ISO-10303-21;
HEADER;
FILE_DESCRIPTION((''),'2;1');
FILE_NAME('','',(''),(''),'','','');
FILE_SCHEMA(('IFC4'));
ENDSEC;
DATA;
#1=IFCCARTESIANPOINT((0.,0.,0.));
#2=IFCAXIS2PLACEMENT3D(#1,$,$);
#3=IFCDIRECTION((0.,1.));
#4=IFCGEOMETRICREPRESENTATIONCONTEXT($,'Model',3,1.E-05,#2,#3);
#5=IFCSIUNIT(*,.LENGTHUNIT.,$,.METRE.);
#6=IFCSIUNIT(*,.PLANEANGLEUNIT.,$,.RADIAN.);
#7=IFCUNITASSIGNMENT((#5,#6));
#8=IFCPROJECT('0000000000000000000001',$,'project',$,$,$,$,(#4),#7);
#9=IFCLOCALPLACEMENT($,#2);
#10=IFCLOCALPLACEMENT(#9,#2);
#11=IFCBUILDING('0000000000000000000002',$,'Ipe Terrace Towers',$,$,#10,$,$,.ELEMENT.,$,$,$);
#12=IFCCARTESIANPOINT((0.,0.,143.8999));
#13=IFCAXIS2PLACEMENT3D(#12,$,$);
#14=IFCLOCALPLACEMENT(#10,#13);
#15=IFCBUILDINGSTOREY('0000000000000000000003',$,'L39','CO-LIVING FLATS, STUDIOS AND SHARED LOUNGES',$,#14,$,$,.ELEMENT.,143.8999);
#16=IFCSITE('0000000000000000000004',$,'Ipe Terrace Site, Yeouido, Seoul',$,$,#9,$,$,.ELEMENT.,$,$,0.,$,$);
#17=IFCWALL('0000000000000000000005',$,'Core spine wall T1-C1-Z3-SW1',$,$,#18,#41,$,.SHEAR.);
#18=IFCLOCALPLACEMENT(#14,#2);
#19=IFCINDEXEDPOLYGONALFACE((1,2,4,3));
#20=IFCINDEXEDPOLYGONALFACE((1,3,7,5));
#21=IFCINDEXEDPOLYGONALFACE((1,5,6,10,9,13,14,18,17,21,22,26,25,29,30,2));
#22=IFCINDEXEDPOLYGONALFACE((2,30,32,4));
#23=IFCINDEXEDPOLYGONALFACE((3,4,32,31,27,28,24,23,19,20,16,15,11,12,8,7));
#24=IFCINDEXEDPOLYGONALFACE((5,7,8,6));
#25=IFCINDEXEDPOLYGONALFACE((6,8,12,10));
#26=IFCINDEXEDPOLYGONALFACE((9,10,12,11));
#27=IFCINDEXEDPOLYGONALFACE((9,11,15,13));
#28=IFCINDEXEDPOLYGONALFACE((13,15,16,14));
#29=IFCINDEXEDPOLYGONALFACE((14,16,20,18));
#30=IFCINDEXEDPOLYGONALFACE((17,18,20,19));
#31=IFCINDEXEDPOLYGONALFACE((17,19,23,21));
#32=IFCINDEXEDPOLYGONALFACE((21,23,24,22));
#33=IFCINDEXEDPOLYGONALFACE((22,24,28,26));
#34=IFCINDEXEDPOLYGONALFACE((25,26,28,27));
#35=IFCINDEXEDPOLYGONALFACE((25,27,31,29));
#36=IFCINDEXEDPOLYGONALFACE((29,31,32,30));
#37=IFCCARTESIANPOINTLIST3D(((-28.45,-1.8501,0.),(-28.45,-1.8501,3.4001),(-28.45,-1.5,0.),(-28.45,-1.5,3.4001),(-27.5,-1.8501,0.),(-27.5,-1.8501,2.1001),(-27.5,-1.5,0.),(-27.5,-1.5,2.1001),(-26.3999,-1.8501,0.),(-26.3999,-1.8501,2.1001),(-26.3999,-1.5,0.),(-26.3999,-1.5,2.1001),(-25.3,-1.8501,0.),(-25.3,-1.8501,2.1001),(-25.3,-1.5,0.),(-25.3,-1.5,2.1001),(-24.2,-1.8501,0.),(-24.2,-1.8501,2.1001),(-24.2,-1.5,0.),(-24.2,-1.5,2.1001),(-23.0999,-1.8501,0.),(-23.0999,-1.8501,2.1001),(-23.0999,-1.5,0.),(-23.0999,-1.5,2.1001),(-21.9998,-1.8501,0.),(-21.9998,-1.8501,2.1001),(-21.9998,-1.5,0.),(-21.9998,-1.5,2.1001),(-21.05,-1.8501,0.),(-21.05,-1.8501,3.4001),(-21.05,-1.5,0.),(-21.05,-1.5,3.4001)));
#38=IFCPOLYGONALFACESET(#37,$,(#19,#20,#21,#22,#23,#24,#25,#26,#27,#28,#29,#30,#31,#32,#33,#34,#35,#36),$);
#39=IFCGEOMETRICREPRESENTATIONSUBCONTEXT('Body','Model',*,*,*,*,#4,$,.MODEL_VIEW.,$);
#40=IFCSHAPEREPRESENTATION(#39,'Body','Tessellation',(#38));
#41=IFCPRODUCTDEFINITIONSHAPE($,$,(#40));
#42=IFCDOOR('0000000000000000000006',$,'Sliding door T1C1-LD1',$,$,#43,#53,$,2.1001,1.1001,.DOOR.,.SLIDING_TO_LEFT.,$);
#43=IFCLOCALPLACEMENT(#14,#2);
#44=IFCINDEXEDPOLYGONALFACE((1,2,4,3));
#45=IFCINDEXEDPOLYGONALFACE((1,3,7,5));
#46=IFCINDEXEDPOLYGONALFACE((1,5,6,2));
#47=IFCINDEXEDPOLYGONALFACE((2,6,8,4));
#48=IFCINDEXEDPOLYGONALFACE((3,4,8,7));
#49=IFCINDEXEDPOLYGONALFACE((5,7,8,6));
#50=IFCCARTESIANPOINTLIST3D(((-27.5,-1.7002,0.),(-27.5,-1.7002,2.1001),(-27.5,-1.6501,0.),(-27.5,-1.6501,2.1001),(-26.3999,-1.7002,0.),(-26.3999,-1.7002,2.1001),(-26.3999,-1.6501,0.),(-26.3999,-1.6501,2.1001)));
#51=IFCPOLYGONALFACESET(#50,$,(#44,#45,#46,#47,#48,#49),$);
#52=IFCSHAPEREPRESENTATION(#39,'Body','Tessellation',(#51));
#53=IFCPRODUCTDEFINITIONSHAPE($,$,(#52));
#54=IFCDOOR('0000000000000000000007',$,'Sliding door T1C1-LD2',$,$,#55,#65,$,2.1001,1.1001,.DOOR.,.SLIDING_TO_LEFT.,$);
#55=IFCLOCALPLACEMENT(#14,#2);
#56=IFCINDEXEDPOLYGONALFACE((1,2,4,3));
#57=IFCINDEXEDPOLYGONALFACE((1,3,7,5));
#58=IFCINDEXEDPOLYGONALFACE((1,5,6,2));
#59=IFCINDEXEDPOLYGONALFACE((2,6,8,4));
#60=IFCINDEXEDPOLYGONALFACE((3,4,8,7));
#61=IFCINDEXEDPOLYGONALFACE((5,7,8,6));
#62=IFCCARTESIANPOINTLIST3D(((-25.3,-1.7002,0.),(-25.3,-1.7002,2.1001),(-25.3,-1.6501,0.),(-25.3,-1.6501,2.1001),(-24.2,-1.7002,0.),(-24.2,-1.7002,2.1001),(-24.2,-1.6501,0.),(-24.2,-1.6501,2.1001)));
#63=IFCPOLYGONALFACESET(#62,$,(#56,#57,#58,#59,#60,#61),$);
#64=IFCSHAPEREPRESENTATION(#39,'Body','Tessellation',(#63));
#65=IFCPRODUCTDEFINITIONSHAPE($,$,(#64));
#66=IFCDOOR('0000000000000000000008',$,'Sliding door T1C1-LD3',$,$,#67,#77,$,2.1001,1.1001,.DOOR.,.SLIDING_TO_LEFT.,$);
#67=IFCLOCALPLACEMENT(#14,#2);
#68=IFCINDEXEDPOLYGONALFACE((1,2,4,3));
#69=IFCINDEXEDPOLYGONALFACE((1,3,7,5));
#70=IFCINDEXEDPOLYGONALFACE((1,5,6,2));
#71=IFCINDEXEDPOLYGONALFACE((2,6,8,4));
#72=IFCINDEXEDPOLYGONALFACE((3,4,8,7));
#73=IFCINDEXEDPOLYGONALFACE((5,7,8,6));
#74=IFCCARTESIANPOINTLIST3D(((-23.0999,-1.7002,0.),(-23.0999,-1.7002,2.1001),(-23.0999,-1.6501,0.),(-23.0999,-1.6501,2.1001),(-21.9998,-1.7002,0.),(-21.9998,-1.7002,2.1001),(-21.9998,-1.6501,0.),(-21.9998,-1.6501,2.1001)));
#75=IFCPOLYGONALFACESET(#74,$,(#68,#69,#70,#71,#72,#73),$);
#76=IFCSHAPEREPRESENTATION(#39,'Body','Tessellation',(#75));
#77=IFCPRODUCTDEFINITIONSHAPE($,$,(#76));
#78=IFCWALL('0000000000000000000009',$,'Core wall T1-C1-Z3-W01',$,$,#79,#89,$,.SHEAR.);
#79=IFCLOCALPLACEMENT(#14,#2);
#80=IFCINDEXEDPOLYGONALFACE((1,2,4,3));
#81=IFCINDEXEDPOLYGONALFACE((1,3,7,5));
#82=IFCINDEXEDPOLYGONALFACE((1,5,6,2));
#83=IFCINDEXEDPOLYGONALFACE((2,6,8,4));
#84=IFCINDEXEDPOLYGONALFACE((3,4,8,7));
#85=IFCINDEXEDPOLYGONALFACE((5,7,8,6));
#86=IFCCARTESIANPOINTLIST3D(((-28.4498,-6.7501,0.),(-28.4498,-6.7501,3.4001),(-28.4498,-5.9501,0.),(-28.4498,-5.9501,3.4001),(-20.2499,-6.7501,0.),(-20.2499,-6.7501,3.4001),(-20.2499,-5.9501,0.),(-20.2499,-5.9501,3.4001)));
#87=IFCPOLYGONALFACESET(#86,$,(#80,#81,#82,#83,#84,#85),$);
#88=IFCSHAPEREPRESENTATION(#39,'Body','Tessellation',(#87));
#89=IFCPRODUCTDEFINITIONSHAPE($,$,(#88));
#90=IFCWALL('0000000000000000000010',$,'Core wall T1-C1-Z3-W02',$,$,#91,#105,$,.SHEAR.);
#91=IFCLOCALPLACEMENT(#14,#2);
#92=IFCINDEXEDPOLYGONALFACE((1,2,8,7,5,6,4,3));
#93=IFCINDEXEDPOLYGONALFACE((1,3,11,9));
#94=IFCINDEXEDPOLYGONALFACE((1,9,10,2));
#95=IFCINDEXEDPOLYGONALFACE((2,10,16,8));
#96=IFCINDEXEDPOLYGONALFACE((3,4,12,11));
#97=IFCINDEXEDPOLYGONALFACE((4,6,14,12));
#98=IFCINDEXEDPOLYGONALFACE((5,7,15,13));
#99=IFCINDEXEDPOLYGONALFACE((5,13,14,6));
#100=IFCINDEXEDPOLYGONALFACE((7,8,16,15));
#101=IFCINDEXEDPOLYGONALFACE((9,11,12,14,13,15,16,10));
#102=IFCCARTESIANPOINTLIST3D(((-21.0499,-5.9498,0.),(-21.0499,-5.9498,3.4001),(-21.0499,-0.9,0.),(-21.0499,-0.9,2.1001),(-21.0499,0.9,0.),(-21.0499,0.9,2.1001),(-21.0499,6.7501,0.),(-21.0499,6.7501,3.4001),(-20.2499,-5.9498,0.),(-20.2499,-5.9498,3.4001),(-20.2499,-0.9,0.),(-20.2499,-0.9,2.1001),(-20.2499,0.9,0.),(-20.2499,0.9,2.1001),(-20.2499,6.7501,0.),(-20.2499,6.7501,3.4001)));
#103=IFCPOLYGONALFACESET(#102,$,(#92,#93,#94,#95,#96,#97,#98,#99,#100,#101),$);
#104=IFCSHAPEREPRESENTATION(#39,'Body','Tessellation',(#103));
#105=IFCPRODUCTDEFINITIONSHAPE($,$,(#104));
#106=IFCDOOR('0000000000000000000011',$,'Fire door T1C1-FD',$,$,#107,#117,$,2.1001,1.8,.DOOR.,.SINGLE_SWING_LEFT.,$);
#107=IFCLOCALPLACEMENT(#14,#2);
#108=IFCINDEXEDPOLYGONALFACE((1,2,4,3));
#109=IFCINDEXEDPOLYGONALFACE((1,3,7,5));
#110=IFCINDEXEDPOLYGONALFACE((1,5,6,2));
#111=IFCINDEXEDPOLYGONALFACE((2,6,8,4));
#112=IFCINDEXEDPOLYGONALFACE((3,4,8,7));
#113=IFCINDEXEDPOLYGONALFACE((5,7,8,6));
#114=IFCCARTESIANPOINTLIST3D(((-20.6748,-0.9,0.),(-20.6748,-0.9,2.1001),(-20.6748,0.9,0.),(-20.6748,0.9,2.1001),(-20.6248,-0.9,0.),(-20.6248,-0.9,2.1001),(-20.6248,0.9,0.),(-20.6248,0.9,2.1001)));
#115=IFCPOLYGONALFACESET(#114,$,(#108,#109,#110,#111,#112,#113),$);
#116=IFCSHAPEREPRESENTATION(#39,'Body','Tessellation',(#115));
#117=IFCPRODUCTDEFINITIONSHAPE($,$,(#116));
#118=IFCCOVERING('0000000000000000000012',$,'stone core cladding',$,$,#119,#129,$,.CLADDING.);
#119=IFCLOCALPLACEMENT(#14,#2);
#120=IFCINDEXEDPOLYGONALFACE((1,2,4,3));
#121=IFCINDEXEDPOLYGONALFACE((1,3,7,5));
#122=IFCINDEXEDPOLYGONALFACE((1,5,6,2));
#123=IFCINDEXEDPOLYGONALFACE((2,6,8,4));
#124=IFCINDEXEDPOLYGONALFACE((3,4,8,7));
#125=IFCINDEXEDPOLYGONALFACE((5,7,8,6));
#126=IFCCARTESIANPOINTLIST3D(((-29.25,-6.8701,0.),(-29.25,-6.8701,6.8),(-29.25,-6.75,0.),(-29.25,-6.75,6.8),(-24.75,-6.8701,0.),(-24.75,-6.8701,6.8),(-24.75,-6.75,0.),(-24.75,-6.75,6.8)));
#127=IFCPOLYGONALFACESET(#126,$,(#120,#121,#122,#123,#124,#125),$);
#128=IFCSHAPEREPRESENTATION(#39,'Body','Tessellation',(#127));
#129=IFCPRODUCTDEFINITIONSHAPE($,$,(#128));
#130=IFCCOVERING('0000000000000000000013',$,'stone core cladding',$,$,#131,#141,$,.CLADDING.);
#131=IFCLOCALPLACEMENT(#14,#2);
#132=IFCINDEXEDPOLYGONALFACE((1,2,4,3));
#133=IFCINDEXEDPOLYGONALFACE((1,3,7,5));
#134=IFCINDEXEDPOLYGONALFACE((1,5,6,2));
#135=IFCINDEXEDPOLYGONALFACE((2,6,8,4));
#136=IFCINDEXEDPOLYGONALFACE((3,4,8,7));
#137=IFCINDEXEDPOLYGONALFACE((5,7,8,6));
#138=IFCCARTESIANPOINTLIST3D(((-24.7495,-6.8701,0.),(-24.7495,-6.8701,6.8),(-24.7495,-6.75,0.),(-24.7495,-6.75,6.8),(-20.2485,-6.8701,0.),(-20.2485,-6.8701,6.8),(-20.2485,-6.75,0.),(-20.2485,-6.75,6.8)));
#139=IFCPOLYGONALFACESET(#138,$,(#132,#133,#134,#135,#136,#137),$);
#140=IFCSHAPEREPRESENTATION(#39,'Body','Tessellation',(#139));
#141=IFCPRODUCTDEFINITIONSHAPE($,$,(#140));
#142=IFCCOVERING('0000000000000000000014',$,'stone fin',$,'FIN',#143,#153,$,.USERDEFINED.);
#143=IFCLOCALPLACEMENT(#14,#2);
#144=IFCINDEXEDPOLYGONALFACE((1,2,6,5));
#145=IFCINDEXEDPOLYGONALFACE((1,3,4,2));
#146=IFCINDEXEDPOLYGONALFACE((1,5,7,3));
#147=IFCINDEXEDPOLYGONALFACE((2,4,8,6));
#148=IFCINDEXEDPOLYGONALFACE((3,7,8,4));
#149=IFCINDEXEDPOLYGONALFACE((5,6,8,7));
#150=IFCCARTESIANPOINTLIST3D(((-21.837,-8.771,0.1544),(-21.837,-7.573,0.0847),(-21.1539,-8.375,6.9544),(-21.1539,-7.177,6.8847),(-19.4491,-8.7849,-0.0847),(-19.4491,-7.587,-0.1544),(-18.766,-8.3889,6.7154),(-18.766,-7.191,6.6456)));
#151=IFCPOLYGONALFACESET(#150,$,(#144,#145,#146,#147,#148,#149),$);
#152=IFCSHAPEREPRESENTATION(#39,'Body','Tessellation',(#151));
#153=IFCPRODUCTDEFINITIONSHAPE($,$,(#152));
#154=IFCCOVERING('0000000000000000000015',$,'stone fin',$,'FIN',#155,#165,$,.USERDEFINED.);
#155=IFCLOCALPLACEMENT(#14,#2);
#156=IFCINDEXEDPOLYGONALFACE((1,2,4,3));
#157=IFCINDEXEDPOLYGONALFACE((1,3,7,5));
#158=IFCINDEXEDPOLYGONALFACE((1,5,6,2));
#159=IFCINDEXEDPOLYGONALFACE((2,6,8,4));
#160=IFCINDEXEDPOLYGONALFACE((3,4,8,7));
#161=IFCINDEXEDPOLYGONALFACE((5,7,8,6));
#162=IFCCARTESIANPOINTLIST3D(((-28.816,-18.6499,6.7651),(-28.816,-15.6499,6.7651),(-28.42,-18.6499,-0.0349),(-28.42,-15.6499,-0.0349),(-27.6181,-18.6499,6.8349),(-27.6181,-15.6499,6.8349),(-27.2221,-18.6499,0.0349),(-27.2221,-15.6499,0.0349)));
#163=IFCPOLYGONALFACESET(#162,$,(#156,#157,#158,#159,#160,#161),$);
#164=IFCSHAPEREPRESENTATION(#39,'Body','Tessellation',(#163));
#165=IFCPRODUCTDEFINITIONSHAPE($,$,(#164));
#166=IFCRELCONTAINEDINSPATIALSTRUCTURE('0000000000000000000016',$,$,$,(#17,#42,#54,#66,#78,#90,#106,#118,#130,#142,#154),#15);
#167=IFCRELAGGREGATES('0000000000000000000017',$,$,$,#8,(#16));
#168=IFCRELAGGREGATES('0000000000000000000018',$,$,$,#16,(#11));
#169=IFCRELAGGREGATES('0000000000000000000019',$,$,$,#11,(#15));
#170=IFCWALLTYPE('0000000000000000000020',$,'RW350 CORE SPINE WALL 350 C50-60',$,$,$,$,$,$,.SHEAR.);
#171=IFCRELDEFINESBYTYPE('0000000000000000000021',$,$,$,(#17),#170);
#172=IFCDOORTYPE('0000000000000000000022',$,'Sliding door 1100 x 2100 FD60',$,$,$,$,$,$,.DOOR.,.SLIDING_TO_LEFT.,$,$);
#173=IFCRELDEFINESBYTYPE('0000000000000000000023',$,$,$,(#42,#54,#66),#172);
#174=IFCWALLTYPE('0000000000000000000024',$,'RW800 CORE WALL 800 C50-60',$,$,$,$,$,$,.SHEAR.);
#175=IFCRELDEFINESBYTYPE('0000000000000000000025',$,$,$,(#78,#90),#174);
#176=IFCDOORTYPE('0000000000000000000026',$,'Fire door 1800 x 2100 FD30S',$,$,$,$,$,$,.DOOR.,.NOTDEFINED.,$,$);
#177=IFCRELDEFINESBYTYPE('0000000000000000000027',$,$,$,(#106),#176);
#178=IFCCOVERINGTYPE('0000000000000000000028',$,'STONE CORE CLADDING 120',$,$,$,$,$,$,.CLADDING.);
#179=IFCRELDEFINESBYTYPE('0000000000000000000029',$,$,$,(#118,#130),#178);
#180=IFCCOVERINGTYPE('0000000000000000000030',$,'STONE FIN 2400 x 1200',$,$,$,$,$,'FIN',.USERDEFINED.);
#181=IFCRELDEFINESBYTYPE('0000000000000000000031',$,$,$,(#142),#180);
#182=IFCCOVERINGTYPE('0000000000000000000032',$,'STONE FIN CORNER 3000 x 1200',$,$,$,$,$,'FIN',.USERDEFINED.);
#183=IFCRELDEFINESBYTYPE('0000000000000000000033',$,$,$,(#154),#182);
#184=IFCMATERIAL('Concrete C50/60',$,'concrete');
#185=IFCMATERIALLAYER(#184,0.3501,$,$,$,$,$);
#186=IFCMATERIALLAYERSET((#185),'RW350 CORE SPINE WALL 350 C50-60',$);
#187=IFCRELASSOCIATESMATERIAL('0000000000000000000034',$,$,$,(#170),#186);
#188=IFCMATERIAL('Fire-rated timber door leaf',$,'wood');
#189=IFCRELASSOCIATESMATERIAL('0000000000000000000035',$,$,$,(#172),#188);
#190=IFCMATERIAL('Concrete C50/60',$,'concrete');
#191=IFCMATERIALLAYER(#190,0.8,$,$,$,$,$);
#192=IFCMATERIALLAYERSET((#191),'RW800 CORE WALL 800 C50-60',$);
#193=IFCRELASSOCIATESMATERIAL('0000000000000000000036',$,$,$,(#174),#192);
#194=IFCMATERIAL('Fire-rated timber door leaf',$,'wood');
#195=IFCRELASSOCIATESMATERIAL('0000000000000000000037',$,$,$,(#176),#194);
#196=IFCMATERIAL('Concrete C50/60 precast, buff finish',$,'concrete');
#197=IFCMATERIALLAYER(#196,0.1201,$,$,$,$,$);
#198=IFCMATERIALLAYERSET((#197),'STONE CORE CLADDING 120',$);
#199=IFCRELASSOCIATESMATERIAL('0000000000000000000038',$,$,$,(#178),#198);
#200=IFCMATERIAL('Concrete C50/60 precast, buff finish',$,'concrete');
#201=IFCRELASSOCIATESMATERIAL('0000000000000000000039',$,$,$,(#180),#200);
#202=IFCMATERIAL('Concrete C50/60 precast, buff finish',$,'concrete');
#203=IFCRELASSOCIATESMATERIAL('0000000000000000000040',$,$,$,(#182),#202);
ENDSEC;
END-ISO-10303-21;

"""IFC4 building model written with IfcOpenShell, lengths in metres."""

from ifc_helpers import new_model, si_unit, direction, frame, frame_2d, origin, origin_2d, place, context, subcontext, project, spatial, rectangle, extrude, material, layer, layer_set, material_profile, profile_set, type_object, element, fill, save


model = new_model("IFC4")

# Units and contexts
model_context = context("Model", 3, precision=1e-05, world=origin(), true_north=direction((0.0, 1.0)))
body_context = subcontext(model_context, "Body", "Model", "MODEL_VIEW")
ifc_project = project(units=[si_unit("LENGTHUNIT", "METRE"), si_unit("PLANEANGLEUNIT", "RADIAN")], contexts=[model_context])

# Site, building, storey
site_placement = place(None, origin())
site = spatial("IfcSite", under=ifc_project, at=site_placement, Name="Ipe Terrace Site, Yeouido, Seoul", CompositionType="ELEMENT", RefElevation=0.0)
building_placement = place(site_placement, origin())
building = spatial("IfcBuilding", under=site, at=building_placement, Name="Ipe Terrace Towers", CompositionType="ELEMENT")
storey_placement = place(building_placement, frame((0.0, 0.0, 143.8999)))
storey = spatial("IfcBuildingStorey", under=building, at=storey_placement, Name="L39", Description="CO-LIVING FLATS, STUDIOS AND SHARED LOUNGES", CompositionType="ELEMENT", Elevation=143.8999)

# Wall, openings, doors
ifc_material_1 = material(Name="Concrete C50/60", Category="concrete")
ifc_layer_1 = layer(ifc_material_1, 0.3501)
ifc_layer_set_1 = layer_set([ifc_layer_1], Name="RW350 CORE SPINE WALL 350 C50-60")
wall_type_1 = type_object("IfcWallType", Name="RW350 CORE SPINE WALL 350 C50-60", PredefinedType="SHEAR", material=ifc_layer_set_1)
wall_1_placement = place(storey_placement, frame((-28.45, -1.675, 0.0), z_axis=(0.0, 0.0, 1.0), x_axis=(1.0, 0.0, 0.0)))
wall_1 = element("IfcWall", 1, at=wall_1_placement, inside=storey, type_object=wall_type_1, Name="Core spine wall T1-C1-Z3-SW1", PredefinedType="SHEAR", context=body_context, shape_type="SweptSolid", body=[
    extrude(rectangle(XDim=7.3999, YDim=0.3501, at=frame_2d((3.7, 0.0))), origin(), (0.0, 0.0, 1.0), 3.4001),
])
opening_1_placement = place(wall_1_placement, frame((0.95, 0.0, 0.0)))
opening_1 = element("IfcOpeningElement", 2, at=opening_1_placement, cuts=wall_1, PredefinedType="OPENING", context=body_context, shape_type="SweptSolid", body=[
    extrude(rectangle(XDim=1.1001, YDim=2.1001, at=frame_2d((0.55, 1.05))), frame((0.0, 0.1851, 0.0), z_axis=(0.0, -1.0, 0.0), x_axis=(1.0, 0.0, 0.0)), (0.0, 0.0, 1.0), 0.3701),
])
opening_2_placement = place(wall_1_placement, frame((3.1499, 0.0, 0.0)))
opening_2 = element("IfcOpeningElement", 3, at=opening_2_placement, cuts=wall_1, PredefinedType="OPENING", context=body_context, shape_type="SweptSolid", body=[
    extrude(rectangle(XDim=1.1001, YDim=2.1001, at=frame_2d((0.55, 1.05))), frame((0.0, 0.1851, 0.0), z_axis=(0.0, -1.0, 0.0), x_axis=(1.0, 0.0, 0.0)), (0.0, 0.0, 1.0), 0.3701),
])
opening_3_placement = place(wall_1_placement, frame((5.3501, 0.0, 0.0)))
opening_3 = element("IfcOpeningElement", 4, at=opening_3_placement, cuts=wall_1, PredefinedType="OPENING", context=body_context, shape_type="SweptSolid", body=[
    extrude(rectangle(XDim=1.1001, YDim=2.1001, at=frame_2d((0.55, 1.05))), frame((0.0, 0.1851, 0.0), z_axis=(0.0, -1.0, 0.0), x_axis=(1.0, 0.0, 0.0)), (0.0, 0.0, 1.0), 0.3701),
])
ifc_material_2 = material(Name="Fire-rated timber door leaf", Category="wood")
door_type_1 = type_object("IfcDoorType", Name="Sliding door 1100 x 2100 FD60", OperationType="SLIDING_TO_LEFT", PredefinedType="DOOR", material=ifc_material_2)
door_1_placement = place(opening_1_placement, origin())
door_1 = element("IfcDoor", 5, at=door_1_placement, inside=storey, type_object=door_type_1, Name="Sliding door T1C1-LD1", OperationType="SLIDING_TO_LEFT", OverallHeight=2.1001, OverallWidth=1.1001, PredefinedType="DOOR", context=body_context, shape_type="SweptSolid", body=[
    extrude(rectangle(XDim=1.1001, YDim=2.1001, at=frame_2d((0.55, 1.05))), frame((0.0, 0.0249, 0.0), z_axis=(0.0, -1.0, 0.0), x_axis=(1.0, 0.0, 0.0)), (0.0, 0.0, 1.0), 0.05),
])
fill(opening_1, door_1)
door_2_placement = place(opening_2_placement, origin())
door_2 = element("IfcDoor", 6, at=door_2_placement, inside=storey, type_object=door_type_1, Name="Sliding door T1C1-LD2", OperationType="SLIDING_TO_LEFT", OverallHeight=2.1001, OverallWidth=1.1001, PredefinedType="DOOR", context=body_context, shape_type="SweptSolid", body=[
    extrude(rectangle(XDim=1.1001, YDim=2.1001, at=frame_2d((0.55, 1.05))), frame((0.0, 0.0249, 0.0), z_axis=(0.0, -1.0, 0.0), x_axis=(1.0, 0.0, 0.0)), (0.0, 0.0, 1.0), 0.05),
])
fill(opening_2, door_2)
door_3_placement = place(opening_3_placement, origin())
door_3 = element("IfcDoor", 7, at=door_3_placement, inside=storey, type_object=door_type_1, Name="Sliding door T1C1-LD3", OperationType="SLIDING_TO_LEFT", OverallHeight=2.1001, OverallWidth=1.1001, PredefinedType="DOOR", context=body_context, shape_type="SweptSolid", body=[
    extrude(rectangle(XDim=1.1001, YDim=2.1001, at=frame_2d((0.55, 1.05))), frame((0.0, 0.0249, 0.0), z_axis=(0.0, -1.0, 0.0), x_axis=(1.0, 0.0, 0.0)), (0.0, 0.0, 1.0), 0.05),
])
fill(opening_3, door_3)

# Wall
ifc_material_3 = material(Name="Concrete C50/60", Category="concrete")
ifc_layer_2 = layer(ifc_material_3, 0.8)
ifc_layer_set_2 = layer_set([ifc_layer_2], Name="RW800 CORE WALL 800 C50-60")
wall_type_2 = type_object("IfcWallType", Name="RW800 CORE WALL 800 C50-60", PredefinedType="SHEAR", material=ifc_layer_set_2)
wall_2_placement = place(storey_placement, frame((-28.45, -6.3501, 0.0), z_axis=(0.0, 0.0, 1.0), x_axis=(1.0, 0.0, 0.0)))
element("IfcWall", 8, at=wall_2_placement, inside=storey, type_object=wall_type_2, Name="Core wall T1-C1-Z3-W01", PredefinedType="SHEAR", context=body_context, shape_type="SweptSolid", body=[
    extrude(rectangle(XDim=8.2, YDim=0.8, at=frame_2d((4.1001, 0.0))), origin(), (0.0, 0.0, 1.0), 3.4001),
])

# Wall, opening, door
wall_3_placement = place(storey_placement, frame((-20.6499, -5.95, 0.0), z_axis=(0.0, 0.0, 1.0), x_axis=(0.0, 1.0, 0.0)))
wall_3 = element("IfcWall", 9, at=wall_3_placement, inside=storey, type_object=wall_type_2, Name="Core wall T1-C1-Z3-W02", PredefinedType="SHEAR", context=body_context, shape_type="SweptSolid", body=[
    extrude(rectangle(XDim=12.7, YDim=0.8, at=frame_2d((6.3501, 0.0))), origin(), (0.0, 0.0, 1.0), 3.4001),
])
opening_4_placement = place(wall_3_placement, frame((5.05, 0.0, 0.0)))
opening_4 = element("IfcOpeningElement", 10, at=opening_4_placement, cuts=wall_3, PredefinedType="OPENING", context=body_context, shape_type="SweptSolid", body=[
    extrude(rectangle(XDim=1.8, YDim=2.1001, at=frame_2d((0.8999, 1.05))), frame((0.0, 0.4102, 0.0), z_axis=(0.0, -1.0, 0.0), x_axis=(1.0, 0.0, 0.0)), (0.0, 0.0, 1.0), 0.8201),
])
ifc_material_4 = material(Name="Fire-rated timber door leaf", Category="wood")
door_type_2 = type_object("IfcDoorType", Name="Fire door 1800 x 2100 FD30S", OperationType="NOTDEFINED", PredefinedType="DOOR", material=ifc_material_4)
door_4_placement = place(opening_4_placement, origin())
door_4 = element("IfcDoor", 11, at=door_4_placement, inside=storey, type_object=door_type_2, Name="Fire door T1C1-FD", OperationType="SINGLE_SWING_LEFT", OverallHeight=2.1001, OverallWidth=1.8, PredefinedType="DOOR", context=body_context, shape_type="SweptSolid", body=[
    extrude(rectangle(XDim=1.8, YDim=2.1001, at=frame_2d((0.8999, 1.05))), frame((0.0, 0.0249, 0.0), z_axis=(0.0, -1.0, 0.0), x_axis=(1.0, 0.0, 0.0)), (0.0, 0.0, 1.0), 0.05),
])
fill(opening_4, door_4)

# Coverings
ifc_material_5 = material(Name="Concrete C50/60 precast, buff finish", Category="concrete")
ifc_layer_3 = layer(ifc_material_5, 0.1201)
ifc_layer_set_3 = layer_set([ifc_layer_3], Name="STONE CORE CLADDING 120")
covering_type_1 = type_object("IfcCoveringType", Name="STONE CORE CLADDING 120", PredefinedType="CLADDING", material=ifc_layer_set_3)
covering_1_placement = place(storey_placement, frame((-27.0, -6.8101, 0.0), z_axis=(0.0, 0.0, 1.0), x_axis=(1.0, 0.0, 0.0)))
element("IfcCovering", 12, at=covering_1_placement, inside=storey, type_object=covering_type_1, Name="stone core cladding", PredefinedType="CLADDING", context=body_context, shape_type="SweptSolid", body=[
    extrude(rectangle(XDim=4.5, YDim=0.1201, at=origin_2d()), origin(), (0.0, 0.0, 1.0), 6.8),
])
covering_2_placement = place(storey_placement, frame((-22.499, -6.8101, 0.0), z_axis=(0.0, 0.0, 1.0), x_axis=(1.0, 0.0, 0.0)))
element("IfcCovering", 13, at=covering_2_placement, inside=storey, type_object=covering_type_1, Name="stone core cladding", PredefinedType="CLADDING", context=body_context, shape_type="SweptSolid", body=[
    extrude(rectangle(XDim=4.501, YDim=0.1201, at=origin_2d()), origin(), (0.0, 0.0, 1.0), 6.8),
])
ifc_material_6 = material(Name="Concrete C50/60 precast, buff finish", Category="concrete")
ifc_material_profile_1 = material_profile(ifc_material_6, rectangle(XDim=2.3999, YDim=1.2, at=origin_2d()), Name="STONE FIN 2400 x 1200")
ifc_profile_set_1 = profile_set([ifc_material_profile_1], Name="Concrete C50/60 precast, buff finish")
covering_type_2 = type_object("IfcCoveringType", Name="STONE FIN 2400 x 1200", ElementType="FIN", PredefinedType="USERDEFINED", material=ifc_profile_set_1)
covering_3_placement = place(storey_placement, frame((-20.6431, -8.179, 0.0), z_axis=(0.099786, 0.057846, 0.993326), x_axis=(0.995009, -0.005801, -0.099617)))
element("IfcCovering", 14, at=covering_3_placement, inside=storey, type_object=covering_type_2, Name="stone fin", ObjectType="FIN", PredefinedType="USERDEFINED", context=body_context, shape_type="SweptSolid", body=[
    extrude(rectangle(XDim=2.3999, YDim=1.2, at=origin_2d()), origin(), (0.0, 0.0, 1.0), 6.8457),
])
ifc_material_7 = material(Name="Concrete C50/60 precast, buff finish", Category="concrete")
ifc_material_profile_2 = material_profile(ifc_material_7, rectangle(XDim=3.0, YDim=1.2, at=origin_2d()), Name="STONE FIN CORNER 3000 x 1200")
ifc_profile_set_2 = profile_set([ifc_material_profile_2], Name="Concrete C50/60 precast, buff finish")
covering_type_3 = type_object("IfcCoveringType", Name="STONE FIN CORNER 3000 x 1200", ElementType="FIN", PredefinedType="USERDEFINED", material=ifc_profile_set_2)
covering_4_placement = place(storey_placement, frame((-27.821, -17.1499, 0.0), z_axis=(-0.058136, 0.0, 0.998309), x_axis=(0.0, 1.0, 0.0)))
element("IfcCovering", 15, at=covering_4_placement, inside=storey, type_object=covering_type_3, Name="stone fin", ObjectType="FIN", PredefinedType="USERDEFINED", context=body_context, shape_type="SweptSolid", body=[
    extrude(rectangle(XDim=3.0, YDim=1.2, at=origin_2d()), origin(), (0.0, 0.0, 1.0), 6.8115),
])

save(model, "model.ifc")
